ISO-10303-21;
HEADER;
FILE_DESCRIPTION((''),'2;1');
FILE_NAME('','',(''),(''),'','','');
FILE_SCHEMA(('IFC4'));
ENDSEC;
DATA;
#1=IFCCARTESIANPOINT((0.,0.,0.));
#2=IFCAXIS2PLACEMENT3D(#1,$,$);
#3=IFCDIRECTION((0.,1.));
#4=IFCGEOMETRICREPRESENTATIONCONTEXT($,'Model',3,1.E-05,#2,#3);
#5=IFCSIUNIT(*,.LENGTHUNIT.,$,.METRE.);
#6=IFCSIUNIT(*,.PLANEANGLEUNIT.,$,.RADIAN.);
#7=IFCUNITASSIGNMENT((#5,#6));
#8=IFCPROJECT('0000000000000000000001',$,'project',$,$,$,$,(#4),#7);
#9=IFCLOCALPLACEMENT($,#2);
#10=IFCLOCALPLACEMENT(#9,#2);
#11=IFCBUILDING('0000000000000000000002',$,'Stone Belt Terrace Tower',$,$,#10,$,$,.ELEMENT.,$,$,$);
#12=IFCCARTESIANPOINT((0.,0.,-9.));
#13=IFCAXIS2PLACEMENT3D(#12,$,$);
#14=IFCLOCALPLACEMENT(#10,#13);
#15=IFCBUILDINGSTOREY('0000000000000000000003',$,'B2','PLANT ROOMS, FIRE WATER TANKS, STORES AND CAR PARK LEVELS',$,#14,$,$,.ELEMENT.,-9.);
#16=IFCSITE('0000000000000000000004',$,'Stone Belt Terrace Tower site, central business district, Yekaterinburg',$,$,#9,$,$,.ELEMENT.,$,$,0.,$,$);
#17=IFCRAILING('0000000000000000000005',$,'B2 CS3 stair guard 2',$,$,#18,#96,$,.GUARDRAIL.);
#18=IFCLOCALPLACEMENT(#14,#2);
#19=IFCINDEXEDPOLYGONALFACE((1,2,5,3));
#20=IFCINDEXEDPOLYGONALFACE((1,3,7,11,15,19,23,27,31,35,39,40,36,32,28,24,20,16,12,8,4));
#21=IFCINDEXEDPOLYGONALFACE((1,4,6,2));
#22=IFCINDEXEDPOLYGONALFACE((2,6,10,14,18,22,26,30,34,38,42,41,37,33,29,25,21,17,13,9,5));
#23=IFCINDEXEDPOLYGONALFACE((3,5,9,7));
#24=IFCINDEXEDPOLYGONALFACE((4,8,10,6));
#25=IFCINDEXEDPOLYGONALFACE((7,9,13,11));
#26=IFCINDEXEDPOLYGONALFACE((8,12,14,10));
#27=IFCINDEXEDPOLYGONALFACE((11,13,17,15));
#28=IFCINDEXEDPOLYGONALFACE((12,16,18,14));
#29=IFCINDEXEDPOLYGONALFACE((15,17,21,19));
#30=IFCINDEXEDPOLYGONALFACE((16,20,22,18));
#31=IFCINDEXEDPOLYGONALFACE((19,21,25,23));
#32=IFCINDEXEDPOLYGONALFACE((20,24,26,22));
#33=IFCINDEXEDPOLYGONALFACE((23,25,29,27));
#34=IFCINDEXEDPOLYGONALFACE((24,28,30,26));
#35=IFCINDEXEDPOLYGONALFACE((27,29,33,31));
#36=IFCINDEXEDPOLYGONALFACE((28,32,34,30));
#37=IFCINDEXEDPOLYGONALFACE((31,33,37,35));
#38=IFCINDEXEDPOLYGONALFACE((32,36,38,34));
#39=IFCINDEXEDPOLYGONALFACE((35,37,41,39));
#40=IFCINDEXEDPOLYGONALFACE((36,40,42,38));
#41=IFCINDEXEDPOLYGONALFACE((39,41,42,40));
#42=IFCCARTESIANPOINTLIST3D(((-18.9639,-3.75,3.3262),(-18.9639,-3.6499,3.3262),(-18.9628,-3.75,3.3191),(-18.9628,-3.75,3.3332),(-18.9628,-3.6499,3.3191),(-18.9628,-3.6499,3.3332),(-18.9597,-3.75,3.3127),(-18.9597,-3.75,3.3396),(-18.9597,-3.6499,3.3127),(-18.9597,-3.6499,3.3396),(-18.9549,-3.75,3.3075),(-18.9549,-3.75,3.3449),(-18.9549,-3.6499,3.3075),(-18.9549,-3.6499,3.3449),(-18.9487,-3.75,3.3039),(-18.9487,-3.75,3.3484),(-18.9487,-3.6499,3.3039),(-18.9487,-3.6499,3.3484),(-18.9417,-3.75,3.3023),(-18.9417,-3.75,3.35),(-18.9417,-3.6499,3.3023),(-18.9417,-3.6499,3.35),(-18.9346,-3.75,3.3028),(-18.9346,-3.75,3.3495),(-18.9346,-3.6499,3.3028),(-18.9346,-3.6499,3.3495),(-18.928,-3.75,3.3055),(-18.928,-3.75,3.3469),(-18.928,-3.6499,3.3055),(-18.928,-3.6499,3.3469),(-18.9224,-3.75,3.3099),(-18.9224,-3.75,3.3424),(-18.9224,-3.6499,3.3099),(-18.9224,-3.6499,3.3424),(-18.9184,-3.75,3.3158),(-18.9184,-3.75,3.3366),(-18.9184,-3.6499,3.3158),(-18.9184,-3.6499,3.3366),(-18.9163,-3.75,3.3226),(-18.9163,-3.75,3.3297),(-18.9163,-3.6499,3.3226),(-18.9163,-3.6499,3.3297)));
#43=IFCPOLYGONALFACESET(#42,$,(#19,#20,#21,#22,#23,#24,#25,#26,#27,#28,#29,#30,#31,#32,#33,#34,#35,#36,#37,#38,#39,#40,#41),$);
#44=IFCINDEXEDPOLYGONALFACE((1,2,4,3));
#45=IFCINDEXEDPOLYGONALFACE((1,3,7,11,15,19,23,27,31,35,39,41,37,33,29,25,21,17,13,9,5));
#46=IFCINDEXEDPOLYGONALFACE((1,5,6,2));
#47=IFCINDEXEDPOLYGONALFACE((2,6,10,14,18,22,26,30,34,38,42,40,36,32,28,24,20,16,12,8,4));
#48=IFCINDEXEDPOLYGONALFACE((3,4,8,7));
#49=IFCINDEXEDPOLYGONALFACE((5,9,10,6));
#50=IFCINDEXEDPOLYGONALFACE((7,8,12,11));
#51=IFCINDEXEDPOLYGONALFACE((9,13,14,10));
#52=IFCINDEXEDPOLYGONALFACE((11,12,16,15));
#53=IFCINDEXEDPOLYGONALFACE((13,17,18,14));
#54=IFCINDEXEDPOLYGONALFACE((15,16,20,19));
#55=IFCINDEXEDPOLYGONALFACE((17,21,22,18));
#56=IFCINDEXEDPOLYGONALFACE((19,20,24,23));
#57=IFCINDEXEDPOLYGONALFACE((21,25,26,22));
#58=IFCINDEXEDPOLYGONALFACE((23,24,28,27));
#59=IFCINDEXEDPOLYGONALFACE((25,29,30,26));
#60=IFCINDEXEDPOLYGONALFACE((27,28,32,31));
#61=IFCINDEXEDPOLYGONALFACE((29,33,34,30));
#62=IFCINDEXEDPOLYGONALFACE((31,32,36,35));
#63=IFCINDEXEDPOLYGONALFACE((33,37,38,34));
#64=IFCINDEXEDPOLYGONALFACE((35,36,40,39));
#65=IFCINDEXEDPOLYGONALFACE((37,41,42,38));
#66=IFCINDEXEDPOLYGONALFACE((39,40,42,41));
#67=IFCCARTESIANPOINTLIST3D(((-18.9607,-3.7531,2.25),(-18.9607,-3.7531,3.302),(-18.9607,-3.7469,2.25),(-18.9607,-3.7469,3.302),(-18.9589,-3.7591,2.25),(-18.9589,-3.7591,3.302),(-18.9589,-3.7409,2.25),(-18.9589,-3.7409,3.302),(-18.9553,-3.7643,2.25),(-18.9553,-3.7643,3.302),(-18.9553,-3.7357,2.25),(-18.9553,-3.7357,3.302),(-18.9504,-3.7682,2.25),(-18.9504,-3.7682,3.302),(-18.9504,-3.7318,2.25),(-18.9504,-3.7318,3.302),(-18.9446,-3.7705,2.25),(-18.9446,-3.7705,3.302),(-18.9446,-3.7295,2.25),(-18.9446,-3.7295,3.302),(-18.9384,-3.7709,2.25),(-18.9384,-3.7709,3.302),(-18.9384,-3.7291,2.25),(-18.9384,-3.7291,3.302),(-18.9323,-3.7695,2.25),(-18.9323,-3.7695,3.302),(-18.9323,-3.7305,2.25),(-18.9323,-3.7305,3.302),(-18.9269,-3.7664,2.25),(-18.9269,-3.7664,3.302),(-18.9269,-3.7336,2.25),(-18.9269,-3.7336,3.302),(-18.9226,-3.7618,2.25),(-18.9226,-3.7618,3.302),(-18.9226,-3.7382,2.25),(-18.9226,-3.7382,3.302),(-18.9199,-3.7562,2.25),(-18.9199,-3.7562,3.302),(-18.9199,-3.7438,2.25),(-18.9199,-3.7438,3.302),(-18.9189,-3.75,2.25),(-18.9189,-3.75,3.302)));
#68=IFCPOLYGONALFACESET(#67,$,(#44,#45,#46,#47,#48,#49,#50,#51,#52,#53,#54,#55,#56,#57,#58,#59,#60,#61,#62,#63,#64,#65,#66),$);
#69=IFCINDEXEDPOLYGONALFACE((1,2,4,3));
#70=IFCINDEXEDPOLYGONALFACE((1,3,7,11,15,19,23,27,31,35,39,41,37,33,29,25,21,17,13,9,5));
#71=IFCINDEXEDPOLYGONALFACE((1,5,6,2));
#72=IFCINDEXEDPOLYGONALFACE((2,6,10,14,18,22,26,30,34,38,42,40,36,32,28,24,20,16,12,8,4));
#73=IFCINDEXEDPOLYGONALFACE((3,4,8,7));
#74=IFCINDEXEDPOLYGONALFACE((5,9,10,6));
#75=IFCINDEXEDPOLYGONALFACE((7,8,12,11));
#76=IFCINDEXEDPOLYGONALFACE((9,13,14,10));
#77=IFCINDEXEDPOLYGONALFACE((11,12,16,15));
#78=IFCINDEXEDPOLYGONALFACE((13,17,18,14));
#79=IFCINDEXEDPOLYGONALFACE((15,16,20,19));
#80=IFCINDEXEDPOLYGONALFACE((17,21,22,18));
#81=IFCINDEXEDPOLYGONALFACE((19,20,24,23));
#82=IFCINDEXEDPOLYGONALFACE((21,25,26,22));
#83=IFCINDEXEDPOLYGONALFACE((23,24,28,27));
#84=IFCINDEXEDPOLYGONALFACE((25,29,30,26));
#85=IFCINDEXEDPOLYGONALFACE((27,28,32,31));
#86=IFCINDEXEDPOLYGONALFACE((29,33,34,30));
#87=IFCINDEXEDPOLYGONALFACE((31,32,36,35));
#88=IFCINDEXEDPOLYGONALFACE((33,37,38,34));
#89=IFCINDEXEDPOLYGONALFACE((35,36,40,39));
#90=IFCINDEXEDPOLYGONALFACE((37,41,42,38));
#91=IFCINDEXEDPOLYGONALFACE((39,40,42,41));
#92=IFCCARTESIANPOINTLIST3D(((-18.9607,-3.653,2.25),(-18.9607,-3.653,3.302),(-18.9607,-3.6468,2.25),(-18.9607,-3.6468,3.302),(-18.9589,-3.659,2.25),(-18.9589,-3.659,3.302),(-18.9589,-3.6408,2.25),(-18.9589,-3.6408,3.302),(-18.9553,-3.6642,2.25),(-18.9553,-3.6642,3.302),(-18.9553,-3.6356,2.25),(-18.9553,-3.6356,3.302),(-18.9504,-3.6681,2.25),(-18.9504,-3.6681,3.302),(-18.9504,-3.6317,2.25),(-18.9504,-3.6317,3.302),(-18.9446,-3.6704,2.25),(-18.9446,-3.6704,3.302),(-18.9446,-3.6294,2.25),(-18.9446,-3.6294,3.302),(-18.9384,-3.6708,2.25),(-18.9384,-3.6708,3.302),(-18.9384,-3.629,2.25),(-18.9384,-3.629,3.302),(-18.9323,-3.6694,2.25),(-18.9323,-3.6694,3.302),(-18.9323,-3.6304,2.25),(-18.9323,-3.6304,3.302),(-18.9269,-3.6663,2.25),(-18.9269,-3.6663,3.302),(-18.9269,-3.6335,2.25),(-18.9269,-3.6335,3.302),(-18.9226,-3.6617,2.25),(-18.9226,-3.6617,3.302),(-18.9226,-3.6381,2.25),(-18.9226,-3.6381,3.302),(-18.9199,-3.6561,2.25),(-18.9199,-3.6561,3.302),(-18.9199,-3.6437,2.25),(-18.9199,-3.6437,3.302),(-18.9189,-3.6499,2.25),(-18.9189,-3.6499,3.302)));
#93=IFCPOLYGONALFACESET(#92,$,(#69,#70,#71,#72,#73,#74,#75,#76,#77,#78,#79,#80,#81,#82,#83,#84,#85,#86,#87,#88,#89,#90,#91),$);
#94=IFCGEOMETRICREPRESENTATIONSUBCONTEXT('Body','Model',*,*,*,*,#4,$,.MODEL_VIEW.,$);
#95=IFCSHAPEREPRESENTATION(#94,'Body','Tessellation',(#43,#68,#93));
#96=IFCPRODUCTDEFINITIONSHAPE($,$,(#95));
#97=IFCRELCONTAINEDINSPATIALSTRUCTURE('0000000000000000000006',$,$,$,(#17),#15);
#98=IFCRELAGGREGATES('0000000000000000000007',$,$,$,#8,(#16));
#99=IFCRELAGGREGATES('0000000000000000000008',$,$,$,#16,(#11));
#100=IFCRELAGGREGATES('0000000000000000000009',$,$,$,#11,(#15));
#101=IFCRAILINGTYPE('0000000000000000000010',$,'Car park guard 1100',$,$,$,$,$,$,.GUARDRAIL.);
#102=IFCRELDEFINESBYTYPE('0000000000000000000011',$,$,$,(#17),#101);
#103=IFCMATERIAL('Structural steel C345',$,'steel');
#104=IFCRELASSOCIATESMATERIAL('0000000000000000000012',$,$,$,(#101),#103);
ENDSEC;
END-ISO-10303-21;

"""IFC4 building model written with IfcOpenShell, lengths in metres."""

from ifc_helpers import new_model, si_unit, direction, frame, origin, origin_2d, place, context, subcontext, project, spatial, circle, extrude, material, type_object, element, save


model = new_model("IFC4")

# Units and contexts
model_context = context("Model", 3, precision=1e-05, world=origin(), true_north=direction((0.0, 1.0)))
body_context = subcontext(model_context, "Body", "Model", "MODEL_VIEW")
ifc_project = project(units=[si_unit("LENGTHUNIT", "METRE"), si_unit("PLANEANGLEUNIT", "RADIAN")], contexts=[model_context])

# Site, building, storey
site_placement = place(None, origin())
site = spatial("IfcSite", under=ifc_project, at=site_placement, Name="Stone Belt Terrace Tower site, central business district, Yekaterinburg", CompositionType="ELEMENT", RefElevation=0.0)
building_placement = place(site_placement, origin())
building = spatial("IfcBuilding", under=site, at=building_placement, Name="Stone Belt Terrace Tower", CompositionType="ELEMENT")
storey_placement = place(building_placement, frame((0.0, 0.0, -9.0)))
storey = spatial("IfcBuildingStorey", under=building, at=storey_placement, Name="B2", Description="PLANT ROOMS, FIRE WATER TANKS, STORES AND CAR PARK LEVELS", CompositionType="ELEMENT", Elevation=-9.0)

# Railing
ifc_material_1 = material(Name="Structural steel C345", Category="steel")
railing_type_1 = type_object("IfcRailingType", Name="Car park guard 1100", PredefinedType="GUARDRAIL", material=ifc_material_1)
railing_1_placement = place(storey_placement, frame((-18.9399, -3.75, 2.25)))
element("IfcRailing", 1, at=railing_1_placement, inside=storey, type_object=railing_type_1, Name="B2 CS3 stair guard 2", PredefinedType="GUARDRAIL", context=body_context, shape_type="SweptSolid", body=[
    extrude(circle(Radius=0.0239, at=origin_2d()), frame((0.0, 0.0, 1.0762), z_axis=(0.0, 1.0, 0.0), x_axis=(-1.0, 0.0, 0.0)), (0.0, 0.0, 1.0), 0.1001),
    extrude(circle(Radius=0.021, at=origin_2d()), origin(), (0.0, 0.0, 1.0), 1.052),
    extrude(circle(Radius=0.021, at=origin_2d()), frame((0.0, 0.1001, 0.0)), (0.0, 0.0, 1.0), 1.052),
])

save(model, "model.ifc")
